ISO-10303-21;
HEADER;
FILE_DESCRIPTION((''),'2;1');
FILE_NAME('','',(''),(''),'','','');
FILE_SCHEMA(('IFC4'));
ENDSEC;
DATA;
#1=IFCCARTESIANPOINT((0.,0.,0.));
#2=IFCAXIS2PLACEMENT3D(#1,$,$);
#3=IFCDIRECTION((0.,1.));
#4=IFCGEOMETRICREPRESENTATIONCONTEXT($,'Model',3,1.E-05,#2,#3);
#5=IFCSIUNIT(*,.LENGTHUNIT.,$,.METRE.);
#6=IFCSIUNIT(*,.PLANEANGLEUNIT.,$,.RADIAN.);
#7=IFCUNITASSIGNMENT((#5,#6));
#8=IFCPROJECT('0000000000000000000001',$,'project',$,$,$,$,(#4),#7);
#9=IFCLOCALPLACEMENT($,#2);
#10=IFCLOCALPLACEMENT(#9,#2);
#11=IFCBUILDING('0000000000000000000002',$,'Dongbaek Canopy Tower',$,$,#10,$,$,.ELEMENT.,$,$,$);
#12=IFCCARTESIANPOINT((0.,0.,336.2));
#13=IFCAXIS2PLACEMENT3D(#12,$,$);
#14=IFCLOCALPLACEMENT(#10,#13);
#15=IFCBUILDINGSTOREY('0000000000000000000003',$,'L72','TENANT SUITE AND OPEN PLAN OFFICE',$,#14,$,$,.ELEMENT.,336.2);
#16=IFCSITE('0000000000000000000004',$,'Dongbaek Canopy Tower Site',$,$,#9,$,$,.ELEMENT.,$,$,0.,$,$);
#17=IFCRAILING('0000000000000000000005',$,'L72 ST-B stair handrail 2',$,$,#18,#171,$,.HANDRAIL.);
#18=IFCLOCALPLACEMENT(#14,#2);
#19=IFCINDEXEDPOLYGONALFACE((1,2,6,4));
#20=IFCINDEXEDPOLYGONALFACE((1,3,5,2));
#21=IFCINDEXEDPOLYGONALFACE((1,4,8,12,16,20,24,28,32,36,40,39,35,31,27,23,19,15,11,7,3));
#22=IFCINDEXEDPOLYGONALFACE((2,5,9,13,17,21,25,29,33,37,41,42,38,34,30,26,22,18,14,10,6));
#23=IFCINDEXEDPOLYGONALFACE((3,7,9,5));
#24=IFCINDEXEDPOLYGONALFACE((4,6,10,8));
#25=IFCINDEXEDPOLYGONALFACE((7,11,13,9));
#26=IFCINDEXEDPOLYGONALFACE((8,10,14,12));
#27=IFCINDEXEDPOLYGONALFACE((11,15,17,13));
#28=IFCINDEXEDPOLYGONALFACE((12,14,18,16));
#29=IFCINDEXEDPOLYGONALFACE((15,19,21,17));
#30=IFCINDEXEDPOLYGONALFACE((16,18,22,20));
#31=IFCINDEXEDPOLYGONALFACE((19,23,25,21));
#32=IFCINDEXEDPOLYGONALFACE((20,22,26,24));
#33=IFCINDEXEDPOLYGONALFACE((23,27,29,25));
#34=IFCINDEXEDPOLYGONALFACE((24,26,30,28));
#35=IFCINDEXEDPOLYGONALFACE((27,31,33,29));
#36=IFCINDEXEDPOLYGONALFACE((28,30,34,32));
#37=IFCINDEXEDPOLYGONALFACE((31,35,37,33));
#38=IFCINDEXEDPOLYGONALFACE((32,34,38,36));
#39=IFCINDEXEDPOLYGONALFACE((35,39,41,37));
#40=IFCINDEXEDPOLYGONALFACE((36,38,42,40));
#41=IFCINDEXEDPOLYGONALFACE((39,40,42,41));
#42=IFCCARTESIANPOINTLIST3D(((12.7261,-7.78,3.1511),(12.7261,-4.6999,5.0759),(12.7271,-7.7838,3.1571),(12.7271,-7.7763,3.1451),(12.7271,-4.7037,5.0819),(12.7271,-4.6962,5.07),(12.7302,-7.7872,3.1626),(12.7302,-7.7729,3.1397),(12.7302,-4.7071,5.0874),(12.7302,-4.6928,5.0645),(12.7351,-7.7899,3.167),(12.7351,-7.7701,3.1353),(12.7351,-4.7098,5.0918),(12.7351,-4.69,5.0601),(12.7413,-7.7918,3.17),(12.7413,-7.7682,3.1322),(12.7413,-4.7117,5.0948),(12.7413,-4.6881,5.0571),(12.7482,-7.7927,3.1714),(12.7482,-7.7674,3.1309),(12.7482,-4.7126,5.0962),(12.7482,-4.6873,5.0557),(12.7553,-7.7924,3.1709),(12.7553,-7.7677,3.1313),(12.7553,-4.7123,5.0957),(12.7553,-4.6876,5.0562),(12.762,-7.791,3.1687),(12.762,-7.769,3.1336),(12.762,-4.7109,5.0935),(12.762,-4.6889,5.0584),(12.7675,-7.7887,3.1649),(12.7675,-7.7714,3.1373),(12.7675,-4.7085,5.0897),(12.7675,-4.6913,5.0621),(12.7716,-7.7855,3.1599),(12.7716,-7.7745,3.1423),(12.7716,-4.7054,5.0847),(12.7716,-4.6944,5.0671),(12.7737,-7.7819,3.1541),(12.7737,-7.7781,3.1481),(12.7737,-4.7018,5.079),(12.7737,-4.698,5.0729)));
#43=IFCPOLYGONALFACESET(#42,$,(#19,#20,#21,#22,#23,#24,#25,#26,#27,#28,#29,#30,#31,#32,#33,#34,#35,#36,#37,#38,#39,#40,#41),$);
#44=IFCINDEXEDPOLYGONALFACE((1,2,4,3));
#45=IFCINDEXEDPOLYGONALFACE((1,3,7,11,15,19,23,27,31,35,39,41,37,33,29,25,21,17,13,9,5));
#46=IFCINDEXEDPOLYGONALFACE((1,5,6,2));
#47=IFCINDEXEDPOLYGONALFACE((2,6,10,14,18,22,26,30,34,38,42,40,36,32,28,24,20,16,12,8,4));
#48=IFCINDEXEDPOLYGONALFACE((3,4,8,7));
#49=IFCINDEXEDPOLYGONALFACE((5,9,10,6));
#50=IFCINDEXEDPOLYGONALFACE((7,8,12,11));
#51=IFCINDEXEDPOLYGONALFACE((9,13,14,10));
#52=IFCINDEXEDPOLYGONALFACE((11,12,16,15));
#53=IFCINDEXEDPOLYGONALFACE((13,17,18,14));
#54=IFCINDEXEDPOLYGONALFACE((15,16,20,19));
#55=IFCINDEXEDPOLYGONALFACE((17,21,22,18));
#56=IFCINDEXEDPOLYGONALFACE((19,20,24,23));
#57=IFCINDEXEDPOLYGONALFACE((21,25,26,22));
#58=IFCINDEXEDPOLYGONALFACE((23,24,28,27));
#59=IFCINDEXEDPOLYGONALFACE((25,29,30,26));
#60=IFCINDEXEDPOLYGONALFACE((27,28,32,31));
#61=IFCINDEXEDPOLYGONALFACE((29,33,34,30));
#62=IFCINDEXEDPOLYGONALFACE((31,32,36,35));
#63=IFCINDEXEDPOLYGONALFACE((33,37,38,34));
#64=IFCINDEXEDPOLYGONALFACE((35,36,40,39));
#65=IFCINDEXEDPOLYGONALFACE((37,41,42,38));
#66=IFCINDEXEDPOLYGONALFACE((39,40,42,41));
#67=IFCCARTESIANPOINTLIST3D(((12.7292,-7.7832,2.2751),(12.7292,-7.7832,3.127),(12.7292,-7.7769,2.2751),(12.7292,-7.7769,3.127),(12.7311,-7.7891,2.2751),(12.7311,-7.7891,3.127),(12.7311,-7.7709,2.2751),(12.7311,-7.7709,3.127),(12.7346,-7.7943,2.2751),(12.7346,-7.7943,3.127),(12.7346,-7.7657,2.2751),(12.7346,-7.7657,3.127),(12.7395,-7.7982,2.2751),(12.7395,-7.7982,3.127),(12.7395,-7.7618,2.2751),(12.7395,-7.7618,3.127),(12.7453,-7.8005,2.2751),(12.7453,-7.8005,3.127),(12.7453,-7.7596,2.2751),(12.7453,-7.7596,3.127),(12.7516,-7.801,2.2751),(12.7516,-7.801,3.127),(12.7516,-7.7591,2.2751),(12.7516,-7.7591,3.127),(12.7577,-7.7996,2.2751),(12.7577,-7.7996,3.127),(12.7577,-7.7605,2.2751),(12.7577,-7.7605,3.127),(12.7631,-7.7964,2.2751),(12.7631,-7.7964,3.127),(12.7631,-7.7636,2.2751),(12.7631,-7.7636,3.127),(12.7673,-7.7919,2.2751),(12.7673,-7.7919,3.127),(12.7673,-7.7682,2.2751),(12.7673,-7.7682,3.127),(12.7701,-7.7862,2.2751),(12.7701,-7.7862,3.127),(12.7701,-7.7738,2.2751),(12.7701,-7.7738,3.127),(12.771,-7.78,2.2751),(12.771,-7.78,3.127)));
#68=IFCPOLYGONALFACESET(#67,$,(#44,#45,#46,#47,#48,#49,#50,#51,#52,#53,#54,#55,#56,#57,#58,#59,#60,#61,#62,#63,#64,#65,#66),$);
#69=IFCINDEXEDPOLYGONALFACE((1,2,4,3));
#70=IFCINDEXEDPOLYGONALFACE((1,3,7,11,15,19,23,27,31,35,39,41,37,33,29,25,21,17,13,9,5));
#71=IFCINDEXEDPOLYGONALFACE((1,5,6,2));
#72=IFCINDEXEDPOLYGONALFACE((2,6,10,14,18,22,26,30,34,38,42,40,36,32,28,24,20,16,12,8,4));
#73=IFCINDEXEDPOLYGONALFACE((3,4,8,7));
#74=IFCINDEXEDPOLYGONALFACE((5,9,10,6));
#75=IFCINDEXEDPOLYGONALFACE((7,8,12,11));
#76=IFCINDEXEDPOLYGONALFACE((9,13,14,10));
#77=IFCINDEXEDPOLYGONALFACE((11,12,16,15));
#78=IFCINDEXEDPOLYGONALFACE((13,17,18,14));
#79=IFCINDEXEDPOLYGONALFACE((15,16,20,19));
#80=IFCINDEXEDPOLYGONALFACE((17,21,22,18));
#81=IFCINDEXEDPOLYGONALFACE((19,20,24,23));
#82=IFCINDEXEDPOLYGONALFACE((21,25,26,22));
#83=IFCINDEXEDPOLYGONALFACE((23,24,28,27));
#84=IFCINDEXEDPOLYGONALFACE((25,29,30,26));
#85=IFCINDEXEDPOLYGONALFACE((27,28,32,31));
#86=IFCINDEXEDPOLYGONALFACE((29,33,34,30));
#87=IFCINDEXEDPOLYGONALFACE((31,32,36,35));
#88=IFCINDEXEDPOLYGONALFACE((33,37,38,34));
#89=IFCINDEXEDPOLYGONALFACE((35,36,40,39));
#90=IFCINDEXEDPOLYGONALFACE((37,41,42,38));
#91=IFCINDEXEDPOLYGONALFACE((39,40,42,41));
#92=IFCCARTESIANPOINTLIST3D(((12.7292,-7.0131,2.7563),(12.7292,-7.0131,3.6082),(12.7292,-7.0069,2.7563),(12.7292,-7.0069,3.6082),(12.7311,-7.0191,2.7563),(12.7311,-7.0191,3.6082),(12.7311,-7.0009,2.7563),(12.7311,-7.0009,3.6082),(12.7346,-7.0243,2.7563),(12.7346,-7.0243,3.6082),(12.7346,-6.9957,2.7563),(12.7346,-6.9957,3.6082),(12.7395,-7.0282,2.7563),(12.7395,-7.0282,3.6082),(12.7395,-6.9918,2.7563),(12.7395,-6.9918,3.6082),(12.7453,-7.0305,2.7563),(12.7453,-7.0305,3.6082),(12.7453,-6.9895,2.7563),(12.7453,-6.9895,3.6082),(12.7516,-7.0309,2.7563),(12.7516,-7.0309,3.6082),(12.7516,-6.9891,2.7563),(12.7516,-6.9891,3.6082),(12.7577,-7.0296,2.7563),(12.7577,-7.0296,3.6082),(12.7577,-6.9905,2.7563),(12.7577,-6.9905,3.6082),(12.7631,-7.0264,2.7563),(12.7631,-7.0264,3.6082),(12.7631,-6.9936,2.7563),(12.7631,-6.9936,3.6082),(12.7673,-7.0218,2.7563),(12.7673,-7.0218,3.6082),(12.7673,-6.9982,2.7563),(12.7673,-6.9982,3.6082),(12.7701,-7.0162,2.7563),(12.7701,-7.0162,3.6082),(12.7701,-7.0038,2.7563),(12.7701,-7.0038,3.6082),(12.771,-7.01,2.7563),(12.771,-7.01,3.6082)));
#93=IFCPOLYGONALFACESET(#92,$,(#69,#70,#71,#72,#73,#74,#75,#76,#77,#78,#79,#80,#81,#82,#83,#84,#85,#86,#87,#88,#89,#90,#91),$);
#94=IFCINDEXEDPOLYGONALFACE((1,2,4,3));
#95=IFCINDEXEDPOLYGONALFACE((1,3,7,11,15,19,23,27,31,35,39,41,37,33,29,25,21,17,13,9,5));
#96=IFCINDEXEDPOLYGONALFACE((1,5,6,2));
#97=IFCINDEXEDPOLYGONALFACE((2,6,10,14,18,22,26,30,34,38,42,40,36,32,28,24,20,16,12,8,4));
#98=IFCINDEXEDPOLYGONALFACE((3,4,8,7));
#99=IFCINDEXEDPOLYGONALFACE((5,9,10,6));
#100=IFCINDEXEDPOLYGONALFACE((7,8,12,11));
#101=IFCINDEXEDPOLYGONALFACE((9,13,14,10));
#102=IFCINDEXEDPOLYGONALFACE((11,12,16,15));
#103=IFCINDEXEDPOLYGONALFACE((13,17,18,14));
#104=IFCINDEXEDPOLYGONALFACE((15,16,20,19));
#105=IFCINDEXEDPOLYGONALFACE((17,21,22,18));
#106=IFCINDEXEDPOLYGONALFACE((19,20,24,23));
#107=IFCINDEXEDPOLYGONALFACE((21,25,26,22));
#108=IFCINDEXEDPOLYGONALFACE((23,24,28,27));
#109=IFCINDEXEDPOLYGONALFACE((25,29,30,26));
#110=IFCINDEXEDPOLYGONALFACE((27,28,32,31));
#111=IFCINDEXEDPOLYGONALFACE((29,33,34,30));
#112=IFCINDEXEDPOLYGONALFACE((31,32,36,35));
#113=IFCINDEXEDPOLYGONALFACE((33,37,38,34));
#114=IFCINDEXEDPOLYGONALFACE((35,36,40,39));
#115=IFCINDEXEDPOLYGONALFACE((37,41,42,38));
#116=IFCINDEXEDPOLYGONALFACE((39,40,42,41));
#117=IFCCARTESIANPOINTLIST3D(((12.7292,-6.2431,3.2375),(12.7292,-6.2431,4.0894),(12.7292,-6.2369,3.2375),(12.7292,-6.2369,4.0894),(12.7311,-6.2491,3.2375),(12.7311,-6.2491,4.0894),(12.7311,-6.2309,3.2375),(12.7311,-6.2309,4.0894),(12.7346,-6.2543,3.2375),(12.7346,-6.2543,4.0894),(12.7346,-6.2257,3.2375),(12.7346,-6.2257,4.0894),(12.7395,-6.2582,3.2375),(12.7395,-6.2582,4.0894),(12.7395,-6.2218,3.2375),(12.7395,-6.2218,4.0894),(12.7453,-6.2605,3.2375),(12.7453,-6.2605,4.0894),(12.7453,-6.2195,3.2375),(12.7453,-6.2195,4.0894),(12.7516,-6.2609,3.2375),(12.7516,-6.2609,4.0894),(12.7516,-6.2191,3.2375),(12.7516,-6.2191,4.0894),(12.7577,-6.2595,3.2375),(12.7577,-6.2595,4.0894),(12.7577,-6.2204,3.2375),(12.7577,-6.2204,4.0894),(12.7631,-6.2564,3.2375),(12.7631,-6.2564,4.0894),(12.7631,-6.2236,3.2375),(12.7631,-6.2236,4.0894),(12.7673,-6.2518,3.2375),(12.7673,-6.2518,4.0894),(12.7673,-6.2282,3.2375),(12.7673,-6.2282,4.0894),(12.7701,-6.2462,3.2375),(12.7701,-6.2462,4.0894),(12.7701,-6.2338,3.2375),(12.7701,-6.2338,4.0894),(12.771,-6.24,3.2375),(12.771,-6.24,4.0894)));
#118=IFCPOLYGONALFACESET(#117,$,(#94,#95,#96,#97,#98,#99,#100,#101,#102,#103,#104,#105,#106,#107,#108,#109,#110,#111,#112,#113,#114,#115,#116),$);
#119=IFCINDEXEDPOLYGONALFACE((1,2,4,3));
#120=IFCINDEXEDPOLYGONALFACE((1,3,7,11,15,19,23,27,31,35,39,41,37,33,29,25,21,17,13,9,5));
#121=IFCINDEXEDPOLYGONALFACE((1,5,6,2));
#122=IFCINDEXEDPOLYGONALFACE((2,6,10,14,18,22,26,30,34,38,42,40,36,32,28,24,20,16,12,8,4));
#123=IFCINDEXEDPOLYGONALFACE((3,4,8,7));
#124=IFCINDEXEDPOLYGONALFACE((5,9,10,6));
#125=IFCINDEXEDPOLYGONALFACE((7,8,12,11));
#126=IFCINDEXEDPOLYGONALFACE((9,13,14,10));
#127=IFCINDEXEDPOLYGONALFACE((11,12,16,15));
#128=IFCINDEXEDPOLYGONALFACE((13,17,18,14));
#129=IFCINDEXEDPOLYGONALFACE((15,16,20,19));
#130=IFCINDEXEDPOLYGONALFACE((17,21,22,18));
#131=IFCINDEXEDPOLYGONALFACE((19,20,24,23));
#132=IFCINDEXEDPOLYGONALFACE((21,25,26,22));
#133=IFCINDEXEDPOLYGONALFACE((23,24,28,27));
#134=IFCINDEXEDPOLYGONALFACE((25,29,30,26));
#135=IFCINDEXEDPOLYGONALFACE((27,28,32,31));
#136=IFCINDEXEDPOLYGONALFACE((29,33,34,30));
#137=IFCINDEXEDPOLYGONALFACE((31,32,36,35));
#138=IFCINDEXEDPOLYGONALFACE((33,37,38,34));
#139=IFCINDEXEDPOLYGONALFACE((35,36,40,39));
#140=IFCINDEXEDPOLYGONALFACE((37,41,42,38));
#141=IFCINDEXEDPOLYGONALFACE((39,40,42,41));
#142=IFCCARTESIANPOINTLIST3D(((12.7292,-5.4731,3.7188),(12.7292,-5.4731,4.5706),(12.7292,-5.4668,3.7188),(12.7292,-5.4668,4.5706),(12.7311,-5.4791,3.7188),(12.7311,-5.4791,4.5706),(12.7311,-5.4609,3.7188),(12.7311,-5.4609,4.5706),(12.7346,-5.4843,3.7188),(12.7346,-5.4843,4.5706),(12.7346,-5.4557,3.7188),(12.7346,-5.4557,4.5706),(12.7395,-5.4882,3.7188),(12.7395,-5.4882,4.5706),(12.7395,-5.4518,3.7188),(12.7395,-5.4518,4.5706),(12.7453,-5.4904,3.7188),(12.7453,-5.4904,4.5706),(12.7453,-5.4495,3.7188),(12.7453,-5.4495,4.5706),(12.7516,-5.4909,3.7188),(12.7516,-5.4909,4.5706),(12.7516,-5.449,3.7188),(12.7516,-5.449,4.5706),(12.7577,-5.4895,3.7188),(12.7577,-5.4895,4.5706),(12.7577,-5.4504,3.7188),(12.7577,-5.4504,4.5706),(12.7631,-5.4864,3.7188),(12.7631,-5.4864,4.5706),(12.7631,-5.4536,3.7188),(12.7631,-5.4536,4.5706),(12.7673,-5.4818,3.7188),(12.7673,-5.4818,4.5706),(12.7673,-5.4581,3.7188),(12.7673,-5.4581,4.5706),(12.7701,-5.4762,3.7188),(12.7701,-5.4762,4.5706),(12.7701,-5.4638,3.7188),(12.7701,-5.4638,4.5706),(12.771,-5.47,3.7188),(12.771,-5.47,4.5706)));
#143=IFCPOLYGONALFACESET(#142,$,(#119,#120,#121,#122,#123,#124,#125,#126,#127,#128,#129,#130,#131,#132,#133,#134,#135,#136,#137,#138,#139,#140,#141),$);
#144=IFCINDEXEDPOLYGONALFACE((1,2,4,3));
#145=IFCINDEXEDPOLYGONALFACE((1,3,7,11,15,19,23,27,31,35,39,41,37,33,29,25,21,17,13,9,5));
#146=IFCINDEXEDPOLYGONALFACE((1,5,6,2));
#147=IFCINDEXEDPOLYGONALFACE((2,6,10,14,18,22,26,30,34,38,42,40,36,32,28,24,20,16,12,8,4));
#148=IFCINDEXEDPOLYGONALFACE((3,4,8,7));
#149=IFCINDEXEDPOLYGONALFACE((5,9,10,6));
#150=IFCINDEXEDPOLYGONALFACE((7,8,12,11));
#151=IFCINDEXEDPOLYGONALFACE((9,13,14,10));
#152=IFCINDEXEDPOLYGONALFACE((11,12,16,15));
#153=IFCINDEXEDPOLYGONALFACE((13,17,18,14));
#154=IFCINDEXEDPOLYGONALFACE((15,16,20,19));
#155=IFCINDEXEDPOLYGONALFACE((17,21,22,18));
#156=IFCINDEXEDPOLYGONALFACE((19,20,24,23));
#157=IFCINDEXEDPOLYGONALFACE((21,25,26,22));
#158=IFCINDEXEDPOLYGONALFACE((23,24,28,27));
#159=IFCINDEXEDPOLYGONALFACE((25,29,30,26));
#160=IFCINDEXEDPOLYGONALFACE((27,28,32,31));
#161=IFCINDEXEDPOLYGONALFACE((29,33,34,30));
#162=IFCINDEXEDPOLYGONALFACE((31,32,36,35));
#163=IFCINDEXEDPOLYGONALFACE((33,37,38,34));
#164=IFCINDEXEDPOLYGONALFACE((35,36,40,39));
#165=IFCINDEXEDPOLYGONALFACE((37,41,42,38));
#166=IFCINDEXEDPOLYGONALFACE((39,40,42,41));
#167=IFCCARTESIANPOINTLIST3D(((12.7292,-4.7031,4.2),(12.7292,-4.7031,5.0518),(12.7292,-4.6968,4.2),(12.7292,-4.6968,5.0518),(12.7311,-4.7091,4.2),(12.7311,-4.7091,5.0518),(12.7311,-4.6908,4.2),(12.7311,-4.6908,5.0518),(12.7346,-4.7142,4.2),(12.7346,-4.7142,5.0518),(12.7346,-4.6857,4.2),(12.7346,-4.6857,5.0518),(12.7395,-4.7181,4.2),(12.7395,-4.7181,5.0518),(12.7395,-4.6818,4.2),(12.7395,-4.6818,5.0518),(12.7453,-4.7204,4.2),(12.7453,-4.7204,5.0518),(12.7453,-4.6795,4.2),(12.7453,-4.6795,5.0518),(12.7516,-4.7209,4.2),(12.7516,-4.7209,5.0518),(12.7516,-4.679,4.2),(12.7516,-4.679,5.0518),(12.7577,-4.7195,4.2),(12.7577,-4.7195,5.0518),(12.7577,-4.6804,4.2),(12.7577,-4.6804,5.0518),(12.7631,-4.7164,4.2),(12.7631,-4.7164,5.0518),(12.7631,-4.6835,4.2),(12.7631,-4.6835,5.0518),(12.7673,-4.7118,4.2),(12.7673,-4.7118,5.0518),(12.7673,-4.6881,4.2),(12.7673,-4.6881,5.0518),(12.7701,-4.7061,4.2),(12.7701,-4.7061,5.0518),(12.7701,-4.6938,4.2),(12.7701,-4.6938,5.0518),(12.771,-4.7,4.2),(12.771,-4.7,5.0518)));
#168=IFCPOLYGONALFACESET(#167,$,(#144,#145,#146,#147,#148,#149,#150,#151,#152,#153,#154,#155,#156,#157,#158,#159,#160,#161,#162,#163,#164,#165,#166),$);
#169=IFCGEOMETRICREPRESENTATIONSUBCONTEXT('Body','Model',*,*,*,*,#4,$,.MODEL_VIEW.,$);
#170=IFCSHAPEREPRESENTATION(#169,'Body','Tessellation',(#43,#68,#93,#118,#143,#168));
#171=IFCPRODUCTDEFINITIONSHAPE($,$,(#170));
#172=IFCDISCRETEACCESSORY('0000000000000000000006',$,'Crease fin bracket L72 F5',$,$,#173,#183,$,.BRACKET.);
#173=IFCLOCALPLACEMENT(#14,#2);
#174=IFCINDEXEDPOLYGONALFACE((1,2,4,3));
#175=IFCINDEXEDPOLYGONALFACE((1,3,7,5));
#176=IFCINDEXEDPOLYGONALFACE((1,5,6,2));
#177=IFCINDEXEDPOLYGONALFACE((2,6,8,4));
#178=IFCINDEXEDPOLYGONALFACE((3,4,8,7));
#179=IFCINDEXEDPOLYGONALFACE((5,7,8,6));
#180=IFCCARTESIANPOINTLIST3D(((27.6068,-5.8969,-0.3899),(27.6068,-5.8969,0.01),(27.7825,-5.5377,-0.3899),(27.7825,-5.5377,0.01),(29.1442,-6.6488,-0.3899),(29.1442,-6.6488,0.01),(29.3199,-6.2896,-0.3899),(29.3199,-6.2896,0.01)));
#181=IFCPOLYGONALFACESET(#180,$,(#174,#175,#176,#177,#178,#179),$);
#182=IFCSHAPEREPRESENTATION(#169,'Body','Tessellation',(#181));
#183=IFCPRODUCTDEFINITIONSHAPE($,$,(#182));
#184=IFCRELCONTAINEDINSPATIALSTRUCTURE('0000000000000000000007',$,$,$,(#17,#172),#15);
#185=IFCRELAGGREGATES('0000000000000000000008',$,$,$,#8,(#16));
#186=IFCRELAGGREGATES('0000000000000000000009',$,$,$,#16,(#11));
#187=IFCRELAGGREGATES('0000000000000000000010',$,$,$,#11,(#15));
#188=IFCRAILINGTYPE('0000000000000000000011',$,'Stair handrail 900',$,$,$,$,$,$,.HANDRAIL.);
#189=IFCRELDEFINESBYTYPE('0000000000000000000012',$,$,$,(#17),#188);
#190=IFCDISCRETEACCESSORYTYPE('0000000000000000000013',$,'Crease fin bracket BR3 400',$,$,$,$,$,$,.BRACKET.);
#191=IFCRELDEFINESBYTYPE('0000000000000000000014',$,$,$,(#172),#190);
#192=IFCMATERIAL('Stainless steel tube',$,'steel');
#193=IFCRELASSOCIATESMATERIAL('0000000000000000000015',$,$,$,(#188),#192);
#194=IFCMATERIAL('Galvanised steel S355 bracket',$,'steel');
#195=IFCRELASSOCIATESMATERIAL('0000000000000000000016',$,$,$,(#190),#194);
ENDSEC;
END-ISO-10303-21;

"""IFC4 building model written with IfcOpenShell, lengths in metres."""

from ifc_helpers import new_model, si_unit, direction, frame, origin, origin_2d, place, context, subcontext, project, spatial, rectangle, circle, extrude, material, type_object, element, save


model = new_model("IFC4")

# Units and contexts
model_context = context("Model", 3, precision=1e-05, world=origin(), true_north=direction((0.0, 1.0)))
body_context = subcontext(model_context, "Body", "Model", "MODEL_VIEW")
ifc_project = project(units=[si_unit("LENGTHUNIT", "METRE"), si_unit("PLANEANGLEUNIT", "RADIAN")], contexts=[model_context])

# Site, building, storey
site_placement = place(None, origin())
site = spatial("IfcSite", under=ifc_project, at=site_placement, Name="Dongbaek Canopy Tower Site", CompositionType="ELEMENT", RefElevation=0.0)
building_placement = place(site_placement, origin())
building = spatial("IfcBuilding", under=site, at=building_placement, Name="Dongbaek Canopy Tower", CompositionType="ELEMENT")
storey_placement = place(building_placement, frame((0.0, 0.0, 336.2)))
storey = spatial("IfcBuildingStorey", under=building, at=storey_placement, Name="L72", Description="TENANT SUITE AND OPEN PLAN OFFICE", CompositionType="ELEMENT", Elevation=336.2)

# Railing
ifc_material_1 = material(Name="Stainless steel tube", Category="steel")
railing_type = type_object("IfcRailingType", Name="Stair handrail 900", PredefinedType="HANDRAIL", material=ifc_material_1)
railing_placement = place(storey_placement, frame((12.75, -7.78, 2.2751)))
element("IfcRailing", 1, at=railing_placement, inside=storey, type_object=railing_type, Name="L72 ST-B stair handrail 2", PredefinedType="HANDRAIL", context=body_context, shape_type="SweptSolid", body=[
    extrude(circle(Radius=0.0239, at=origin_2d()), frame((0.0, 0.0, 0.876), z_axis=(0.0, 0.848029, 0.529951), x_axis=(-1.0, 0.0, 0.0)), (0.0, 0.0, 1.0), 3.6321),
    extrude(circle(Radius=0.021, at=origin_2d()), origin(), (0.0, 0.0, 1.0), 0.8518),
    extrude(circle(Radius=0.021, at=origin_2d()), frame((0.0, 0.77, 0.4812)), (0.0, 0.0, 1.0), 0.8518),
    extrude(circle(Radius=0.021, at=origin_2d()), frame((0.0, 1.54, 0.9624)), (0.0, 0.0, 1.0), 0.8518),
    extrude(circle(Radius=0.021, at=origin_2d()), frame((0.0, 2.3101, 1.4436)), (0.0, 0.0, 1.0), 0.8518),
    extrude(circle(Radius=0.021, at=origin_2d()), frame((0.0, 3.0801, 1.9248)), (0.0, 0.0, 1.0), 0.8518),
])

# Discrete accessory
ifc_material_2 = material(Name="Galvanised steel S355 bracket", Category="steel")
discrete_accessory_type = type_object("IfcDiscreteAccessoryType", Name="Crease fin bracket BR3 400", PredefinedType="BRACKET", material=ifc_material_2)
discrete_accessory_placement = place(storey_placement, frame((28.4634, -6.0933, -0.3899), z_axis=(0.0, 0.0, 1.0), x_axis=(0.898322, -0.439337, 0.0)))
element("IfcDiscreteAccessory", 2, at=discrete_accessory_placement, inside=storey, type_object=discrete_accessory_type, Name="Crease fin bracket L72 F5", PredefinedType="BRACKET", context=body_context, shape_type="SweptSolid", body=[
    extrude(rectangle(XDim=1.7114, YDim=0.3999, at=origin_2d()), origin(), (0.0, 0.0, 1.0), 0.3999),
])

save(model, "model.ifc")
